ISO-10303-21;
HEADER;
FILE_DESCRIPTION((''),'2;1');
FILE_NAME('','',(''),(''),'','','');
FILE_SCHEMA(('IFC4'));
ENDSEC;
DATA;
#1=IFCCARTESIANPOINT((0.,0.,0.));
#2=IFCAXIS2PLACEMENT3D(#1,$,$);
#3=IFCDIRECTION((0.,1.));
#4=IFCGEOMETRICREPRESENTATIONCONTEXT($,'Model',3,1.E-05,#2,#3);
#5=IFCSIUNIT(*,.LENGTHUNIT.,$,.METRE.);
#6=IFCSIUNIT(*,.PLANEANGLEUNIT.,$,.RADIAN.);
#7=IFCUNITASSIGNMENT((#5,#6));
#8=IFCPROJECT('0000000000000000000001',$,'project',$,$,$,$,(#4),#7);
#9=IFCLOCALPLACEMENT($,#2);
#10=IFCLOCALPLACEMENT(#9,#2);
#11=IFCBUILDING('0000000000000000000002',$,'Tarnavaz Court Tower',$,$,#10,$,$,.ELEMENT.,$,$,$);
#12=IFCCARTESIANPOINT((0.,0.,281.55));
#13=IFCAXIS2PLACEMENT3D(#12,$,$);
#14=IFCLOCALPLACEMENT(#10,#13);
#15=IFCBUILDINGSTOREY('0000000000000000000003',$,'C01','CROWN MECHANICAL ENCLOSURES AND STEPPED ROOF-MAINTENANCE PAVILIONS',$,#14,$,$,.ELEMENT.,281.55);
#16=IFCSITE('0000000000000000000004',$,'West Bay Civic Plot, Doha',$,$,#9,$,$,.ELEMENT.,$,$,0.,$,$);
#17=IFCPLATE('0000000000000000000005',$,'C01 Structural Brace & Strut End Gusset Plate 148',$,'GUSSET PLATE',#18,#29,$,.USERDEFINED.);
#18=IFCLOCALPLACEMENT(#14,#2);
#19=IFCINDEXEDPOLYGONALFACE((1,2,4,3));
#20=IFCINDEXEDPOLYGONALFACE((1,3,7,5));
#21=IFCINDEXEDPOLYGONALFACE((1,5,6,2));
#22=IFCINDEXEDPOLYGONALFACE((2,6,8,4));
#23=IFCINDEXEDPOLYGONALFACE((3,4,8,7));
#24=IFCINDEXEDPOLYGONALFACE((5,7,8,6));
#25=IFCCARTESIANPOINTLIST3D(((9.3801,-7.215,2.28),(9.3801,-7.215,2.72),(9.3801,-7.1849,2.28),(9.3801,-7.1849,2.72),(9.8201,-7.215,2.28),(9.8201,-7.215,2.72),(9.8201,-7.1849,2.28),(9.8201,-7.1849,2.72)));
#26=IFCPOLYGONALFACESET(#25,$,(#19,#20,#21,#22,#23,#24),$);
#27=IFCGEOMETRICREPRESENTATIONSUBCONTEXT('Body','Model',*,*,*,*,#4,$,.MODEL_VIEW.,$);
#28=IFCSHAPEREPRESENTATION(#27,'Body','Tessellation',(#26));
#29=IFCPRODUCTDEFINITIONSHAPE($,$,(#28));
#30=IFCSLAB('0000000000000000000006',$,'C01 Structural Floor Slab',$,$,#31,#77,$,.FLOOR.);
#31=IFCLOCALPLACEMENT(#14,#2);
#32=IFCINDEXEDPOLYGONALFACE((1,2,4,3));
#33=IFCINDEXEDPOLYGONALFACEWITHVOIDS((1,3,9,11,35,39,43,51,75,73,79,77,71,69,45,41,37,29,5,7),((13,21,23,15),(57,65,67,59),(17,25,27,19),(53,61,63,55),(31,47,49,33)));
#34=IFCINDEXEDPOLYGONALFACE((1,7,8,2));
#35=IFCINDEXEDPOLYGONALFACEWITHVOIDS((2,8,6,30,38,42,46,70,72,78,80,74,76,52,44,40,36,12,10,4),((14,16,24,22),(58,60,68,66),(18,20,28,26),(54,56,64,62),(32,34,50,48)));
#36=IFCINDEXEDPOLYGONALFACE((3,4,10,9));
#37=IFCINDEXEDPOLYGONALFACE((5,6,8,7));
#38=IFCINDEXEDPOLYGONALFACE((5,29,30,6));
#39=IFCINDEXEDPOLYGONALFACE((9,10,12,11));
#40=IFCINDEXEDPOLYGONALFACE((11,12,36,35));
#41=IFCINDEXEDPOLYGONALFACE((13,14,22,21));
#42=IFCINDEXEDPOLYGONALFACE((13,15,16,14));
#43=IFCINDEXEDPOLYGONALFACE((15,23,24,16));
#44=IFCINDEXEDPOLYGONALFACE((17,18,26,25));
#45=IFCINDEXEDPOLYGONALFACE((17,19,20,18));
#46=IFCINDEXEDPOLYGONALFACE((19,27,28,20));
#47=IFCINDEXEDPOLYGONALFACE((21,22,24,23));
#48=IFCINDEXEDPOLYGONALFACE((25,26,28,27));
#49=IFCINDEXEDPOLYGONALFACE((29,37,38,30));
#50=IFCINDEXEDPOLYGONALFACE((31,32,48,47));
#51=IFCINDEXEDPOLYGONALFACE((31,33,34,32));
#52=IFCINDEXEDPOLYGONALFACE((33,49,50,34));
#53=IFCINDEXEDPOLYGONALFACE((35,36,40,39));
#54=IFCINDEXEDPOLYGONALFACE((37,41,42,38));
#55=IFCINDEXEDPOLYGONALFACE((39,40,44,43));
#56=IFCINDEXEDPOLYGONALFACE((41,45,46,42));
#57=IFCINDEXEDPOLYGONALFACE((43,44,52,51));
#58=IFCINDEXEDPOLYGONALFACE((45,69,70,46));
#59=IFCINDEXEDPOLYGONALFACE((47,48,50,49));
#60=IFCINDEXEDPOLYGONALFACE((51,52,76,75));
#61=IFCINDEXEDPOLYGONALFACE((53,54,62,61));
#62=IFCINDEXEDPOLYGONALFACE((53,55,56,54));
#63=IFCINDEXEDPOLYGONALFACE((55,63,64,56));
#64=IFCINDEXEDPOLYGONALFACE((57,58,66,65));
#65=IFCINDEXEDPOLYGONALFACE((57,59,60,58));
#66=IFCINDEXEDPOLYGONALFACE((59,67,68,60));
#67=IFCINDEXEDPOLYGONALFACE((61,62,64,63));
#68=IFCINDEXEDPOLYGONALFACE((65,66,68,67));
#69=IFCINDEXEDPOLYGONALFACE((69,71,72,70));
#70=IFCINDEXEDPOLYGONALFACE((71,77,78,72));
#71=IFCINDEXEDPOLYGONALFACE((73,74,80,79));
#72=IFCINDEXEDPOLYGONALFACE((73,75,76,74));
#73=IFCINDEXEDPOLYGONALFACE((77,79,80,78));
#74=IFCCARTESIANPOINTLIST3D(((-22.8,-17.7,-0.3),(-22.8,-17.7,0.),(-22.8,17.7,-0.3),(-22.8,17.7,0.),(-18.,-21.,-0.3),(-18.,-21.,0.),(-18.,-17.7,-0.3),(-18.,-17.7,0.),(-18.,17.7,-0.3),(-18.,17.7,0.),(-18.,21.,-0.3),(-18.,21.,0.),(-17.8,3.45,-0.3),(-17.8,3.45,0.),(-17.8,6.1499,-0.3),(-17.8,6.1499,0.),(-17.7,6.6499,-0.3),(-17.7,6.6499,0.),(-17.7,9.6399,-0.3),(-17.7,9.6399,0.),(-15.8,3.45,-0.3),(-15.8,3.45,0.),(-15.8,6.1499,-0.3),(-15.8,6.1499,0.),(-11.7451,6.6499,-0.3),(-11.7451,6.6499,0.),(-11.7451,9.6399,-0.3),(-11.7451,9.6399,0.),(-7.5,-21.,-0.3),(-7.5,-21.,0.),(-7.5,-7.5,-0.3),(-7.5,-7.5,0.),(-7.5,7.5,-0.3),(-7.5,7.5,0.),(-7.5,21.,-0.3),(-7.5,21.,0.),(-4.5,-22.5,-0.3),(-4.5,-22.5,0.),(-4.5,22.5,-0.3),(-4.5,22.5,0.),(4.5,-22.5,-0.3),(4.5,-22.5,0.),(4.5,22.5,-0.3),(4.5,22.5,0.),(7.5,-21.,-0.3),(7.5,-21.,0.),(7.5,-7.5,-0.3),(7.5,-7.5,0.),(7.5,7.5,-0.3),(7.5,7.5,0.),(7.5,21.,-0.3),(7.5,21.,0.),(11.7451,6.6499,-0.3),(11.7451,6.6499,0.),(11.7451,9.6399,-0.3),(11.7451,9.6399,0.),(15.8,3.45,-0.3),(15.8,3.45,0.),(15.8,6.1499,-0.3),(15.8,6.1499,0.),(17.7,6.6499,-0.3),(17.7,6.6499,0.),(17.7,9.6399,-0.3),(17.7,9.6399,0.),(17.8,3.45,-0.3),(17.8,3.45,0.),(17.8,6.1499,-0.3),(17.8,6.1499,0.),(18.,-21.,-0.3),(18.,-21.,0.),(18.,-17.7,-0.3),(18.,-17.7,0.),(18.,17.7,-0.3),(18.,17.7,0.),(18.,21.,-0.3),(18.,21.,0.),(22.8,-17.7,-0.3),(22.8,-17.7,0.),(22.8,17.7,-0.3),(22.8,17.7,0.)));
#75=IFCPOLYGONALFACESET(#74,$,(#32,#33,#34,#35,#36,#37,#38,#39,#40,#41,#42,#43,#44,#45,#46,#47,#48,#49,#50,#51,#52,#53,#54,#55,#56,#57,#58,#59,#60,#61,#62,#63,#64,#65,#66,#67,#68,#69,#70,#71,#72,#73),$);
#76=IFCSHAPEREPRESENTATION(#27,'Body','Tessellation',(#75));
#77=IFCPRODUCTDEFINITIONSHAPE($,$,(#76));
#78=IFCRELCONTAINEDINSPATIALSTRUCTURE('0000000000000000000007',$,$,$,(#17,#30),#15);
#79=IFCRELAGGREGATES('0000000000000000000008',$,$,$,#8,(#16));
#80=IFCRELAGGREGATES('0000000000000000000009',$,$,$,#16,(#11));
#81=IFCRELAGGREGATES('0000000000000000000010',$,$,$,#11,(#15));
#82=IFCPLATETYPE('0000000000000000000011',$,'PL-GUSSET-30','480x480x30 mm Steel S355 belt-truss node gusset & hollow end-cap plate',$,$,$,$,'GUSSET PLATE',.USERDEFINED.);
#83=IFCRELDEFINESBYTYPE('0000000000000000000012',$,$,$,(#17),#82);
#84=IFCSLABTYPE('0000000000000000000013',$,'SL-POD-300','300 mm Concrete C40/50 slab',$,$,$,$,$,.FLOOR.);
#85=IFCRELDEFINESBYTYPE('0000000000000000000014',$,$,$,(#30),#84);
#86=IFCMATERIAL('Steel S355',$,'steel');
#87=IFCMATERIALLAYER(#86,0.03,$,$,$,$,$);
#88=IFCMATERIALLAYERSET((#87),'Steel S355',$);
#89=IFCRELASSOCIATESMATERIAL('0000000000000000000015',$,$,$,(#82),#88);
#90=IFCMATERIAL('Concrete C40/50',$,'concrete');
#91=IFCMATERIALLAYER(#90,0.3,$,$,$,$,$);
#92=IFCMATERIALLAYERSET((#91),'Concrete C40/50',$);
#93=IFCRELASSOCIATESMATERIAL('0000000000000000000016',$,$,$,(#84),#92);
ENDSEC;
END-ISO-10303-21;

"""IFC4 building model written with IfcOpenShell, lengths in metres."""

from ifc_helpers import new_model, si_unit, direction, frame, origin, origin_2d, place, context, subcontext, project, spatial, polyline, rectangle, outline, extrude, material, layer, layer_set, type_object, element, save


model = new_model("IFC4")

# Units and contexts
model_context = context("Model", 3, precision=1e-05, world=origin(), true_north=direction((0.0, 1.0)))
body_context = subcontext(model_context, "Body", "Model", "MODEL_VIEW")
ifc_project = project(units=[si_unit("LENGTHUNIT", "METRE"), si_unit("PLANEANGLEUNIT", "RADIAN")], contexts=[model_context])

# Site, building, storey
site_placement = place(None, origin())
site = spatial("IfcSite", under=ifc_project, at=site_placement, Name="West Bay Civic Plot, Doha", CompositionType="ELEMENT", RefElevation=0.0)
building_placement = place(site_placement, origin())
building = spatial("IfcBuilding", under=site, at=building_placement, Name="Tarnavaz Court Tower", CompositionType="ELEMENT")
storey_placement = place(building_placement, frame((0.0, 0.0, 281.55)))
storey = spatial("IfcBuildingStorey", under=building, at=storey_placement, Name="C01", Description="CROWN MECHANICAL ENCLOSURES AND STEPPED ROOF-MAINTENANCE PAVILIONS", CompositionType="ELEMENT", Elevation=281.55)

# Shared definitions
ifc_material_1 = material(Name="Steel S355", Category="steel")

# Plate
ifc_layer_1 = layer(ifc_material_1, 0.03)
ifc_layer_set_1 = layer_set([ifc_layer_1], Name="Steel S355")
plate_type_1 = type_object("IfcPlateType", Name="PL-GUSSET-30", Description="480x480x30 mm Steel S355 belt-truss node gusset & hollow end-cap plate", ElementType="GUSSET PLATE", PredefinedType="USERDEFINED", material=ifc_layer_set_1)
plate_1_placement = place(storey_placement, frame((9.6001, -7.2, 2.28), z_axis=(0.0, 0.0, 1.0), x_axis=(1.0, 0.0, 0.0)))
element("IfcPlate", 1, at=plate_1_placement, inside=storey, type_object=plate_type_1, Name="C01 Structural Brace & Strut End Gusset Plate 148", ObjectType="GUSSET PLATE", PredefinedType="USERDEFINED", context=body_context, shape_type="SweptSolid", body=[
    extrude(rectangle(XDim=0.4399, YDim=0.03, at=origin_2d()), origin(), (0.0, 0.0, 1.0), 0.4399),
])

# Slab
ifc_material_2 = material(Name="Concrete C40/50", Category="concrete")
ifc_layer_2 = layer(ifc_material_2, 0.3)
ifc_layer_set_2 = layer_set([ifc_layer_2], Name="Concrete C40/50")
slab_type_1 = type_object("IfcSlabType", Name="SL-POD-300", Description="300 mm Concrete C40/50 slab", PredefinedType="FLOOR", material=ifc_layer_set_2)
slab_1_placement = place(storey_placement, frame((0.0, 0.0, -0.3)))
element("IfcSlab", 2, at=slab_1_placement, inside=storey, type_object=slab_type_1, Name="C01 Structural Floor Slab", PredefinedType="FLOOR", context=body_context, shape_type="SweptSolid", body=[
    extrude(outline(polyline([(-7.5, -21.0), (-18.0, -21.0), (-18.0, -17.7), (-22.8, -17.7), (-22.8, 17.7), (-18.0, 17.7), (-18.0, 21.0), (-7.5, 21.0), (-4.5, 22.5), (4.5, 22.5), (7.5, 21.0), (18.0, 21.0), (18.0, 17.7), (22.8, 17.7), (22.8, -17.7), (18.0, -17.7), (18.0, -21.0), (7.5, -21.0), (4.5, -22.5), (-4.5, -22.5), (-7.5, -21.0)]), holes=[polyline([(-11.7451, 9.6399), (-17.7, 9.6399), (-17.7, 6.6499), (-11.7451, 6.6499), (-11.7451, 9.6399)]), polyline([(11.7451, 6.6499), (17.7, 6.6499), (17.7, 9.6399), (11.7451, 9.6399), (11.7451, 6.6499)]), polyline([(-17.8, 3.45), (-15.8, 3.45), (-15.8, 6.1499), (-17.8, 6.1499), (-17.8, 3.45)]), polyline([(15.8, 3.45), (17.8, 3.45), (17.8, 6.1499), (15.8, 6.1499), (15.8, 3.45)]), polyline([(-7.5, -7.5), (7.5, -7.5), (7.5, 7.5), (-7.5, 7.5), (-7.5, -7.5)])]), origin(), (0.0, 0.0, 1.0), 0.3),
])

save(model, "model.ifc")
